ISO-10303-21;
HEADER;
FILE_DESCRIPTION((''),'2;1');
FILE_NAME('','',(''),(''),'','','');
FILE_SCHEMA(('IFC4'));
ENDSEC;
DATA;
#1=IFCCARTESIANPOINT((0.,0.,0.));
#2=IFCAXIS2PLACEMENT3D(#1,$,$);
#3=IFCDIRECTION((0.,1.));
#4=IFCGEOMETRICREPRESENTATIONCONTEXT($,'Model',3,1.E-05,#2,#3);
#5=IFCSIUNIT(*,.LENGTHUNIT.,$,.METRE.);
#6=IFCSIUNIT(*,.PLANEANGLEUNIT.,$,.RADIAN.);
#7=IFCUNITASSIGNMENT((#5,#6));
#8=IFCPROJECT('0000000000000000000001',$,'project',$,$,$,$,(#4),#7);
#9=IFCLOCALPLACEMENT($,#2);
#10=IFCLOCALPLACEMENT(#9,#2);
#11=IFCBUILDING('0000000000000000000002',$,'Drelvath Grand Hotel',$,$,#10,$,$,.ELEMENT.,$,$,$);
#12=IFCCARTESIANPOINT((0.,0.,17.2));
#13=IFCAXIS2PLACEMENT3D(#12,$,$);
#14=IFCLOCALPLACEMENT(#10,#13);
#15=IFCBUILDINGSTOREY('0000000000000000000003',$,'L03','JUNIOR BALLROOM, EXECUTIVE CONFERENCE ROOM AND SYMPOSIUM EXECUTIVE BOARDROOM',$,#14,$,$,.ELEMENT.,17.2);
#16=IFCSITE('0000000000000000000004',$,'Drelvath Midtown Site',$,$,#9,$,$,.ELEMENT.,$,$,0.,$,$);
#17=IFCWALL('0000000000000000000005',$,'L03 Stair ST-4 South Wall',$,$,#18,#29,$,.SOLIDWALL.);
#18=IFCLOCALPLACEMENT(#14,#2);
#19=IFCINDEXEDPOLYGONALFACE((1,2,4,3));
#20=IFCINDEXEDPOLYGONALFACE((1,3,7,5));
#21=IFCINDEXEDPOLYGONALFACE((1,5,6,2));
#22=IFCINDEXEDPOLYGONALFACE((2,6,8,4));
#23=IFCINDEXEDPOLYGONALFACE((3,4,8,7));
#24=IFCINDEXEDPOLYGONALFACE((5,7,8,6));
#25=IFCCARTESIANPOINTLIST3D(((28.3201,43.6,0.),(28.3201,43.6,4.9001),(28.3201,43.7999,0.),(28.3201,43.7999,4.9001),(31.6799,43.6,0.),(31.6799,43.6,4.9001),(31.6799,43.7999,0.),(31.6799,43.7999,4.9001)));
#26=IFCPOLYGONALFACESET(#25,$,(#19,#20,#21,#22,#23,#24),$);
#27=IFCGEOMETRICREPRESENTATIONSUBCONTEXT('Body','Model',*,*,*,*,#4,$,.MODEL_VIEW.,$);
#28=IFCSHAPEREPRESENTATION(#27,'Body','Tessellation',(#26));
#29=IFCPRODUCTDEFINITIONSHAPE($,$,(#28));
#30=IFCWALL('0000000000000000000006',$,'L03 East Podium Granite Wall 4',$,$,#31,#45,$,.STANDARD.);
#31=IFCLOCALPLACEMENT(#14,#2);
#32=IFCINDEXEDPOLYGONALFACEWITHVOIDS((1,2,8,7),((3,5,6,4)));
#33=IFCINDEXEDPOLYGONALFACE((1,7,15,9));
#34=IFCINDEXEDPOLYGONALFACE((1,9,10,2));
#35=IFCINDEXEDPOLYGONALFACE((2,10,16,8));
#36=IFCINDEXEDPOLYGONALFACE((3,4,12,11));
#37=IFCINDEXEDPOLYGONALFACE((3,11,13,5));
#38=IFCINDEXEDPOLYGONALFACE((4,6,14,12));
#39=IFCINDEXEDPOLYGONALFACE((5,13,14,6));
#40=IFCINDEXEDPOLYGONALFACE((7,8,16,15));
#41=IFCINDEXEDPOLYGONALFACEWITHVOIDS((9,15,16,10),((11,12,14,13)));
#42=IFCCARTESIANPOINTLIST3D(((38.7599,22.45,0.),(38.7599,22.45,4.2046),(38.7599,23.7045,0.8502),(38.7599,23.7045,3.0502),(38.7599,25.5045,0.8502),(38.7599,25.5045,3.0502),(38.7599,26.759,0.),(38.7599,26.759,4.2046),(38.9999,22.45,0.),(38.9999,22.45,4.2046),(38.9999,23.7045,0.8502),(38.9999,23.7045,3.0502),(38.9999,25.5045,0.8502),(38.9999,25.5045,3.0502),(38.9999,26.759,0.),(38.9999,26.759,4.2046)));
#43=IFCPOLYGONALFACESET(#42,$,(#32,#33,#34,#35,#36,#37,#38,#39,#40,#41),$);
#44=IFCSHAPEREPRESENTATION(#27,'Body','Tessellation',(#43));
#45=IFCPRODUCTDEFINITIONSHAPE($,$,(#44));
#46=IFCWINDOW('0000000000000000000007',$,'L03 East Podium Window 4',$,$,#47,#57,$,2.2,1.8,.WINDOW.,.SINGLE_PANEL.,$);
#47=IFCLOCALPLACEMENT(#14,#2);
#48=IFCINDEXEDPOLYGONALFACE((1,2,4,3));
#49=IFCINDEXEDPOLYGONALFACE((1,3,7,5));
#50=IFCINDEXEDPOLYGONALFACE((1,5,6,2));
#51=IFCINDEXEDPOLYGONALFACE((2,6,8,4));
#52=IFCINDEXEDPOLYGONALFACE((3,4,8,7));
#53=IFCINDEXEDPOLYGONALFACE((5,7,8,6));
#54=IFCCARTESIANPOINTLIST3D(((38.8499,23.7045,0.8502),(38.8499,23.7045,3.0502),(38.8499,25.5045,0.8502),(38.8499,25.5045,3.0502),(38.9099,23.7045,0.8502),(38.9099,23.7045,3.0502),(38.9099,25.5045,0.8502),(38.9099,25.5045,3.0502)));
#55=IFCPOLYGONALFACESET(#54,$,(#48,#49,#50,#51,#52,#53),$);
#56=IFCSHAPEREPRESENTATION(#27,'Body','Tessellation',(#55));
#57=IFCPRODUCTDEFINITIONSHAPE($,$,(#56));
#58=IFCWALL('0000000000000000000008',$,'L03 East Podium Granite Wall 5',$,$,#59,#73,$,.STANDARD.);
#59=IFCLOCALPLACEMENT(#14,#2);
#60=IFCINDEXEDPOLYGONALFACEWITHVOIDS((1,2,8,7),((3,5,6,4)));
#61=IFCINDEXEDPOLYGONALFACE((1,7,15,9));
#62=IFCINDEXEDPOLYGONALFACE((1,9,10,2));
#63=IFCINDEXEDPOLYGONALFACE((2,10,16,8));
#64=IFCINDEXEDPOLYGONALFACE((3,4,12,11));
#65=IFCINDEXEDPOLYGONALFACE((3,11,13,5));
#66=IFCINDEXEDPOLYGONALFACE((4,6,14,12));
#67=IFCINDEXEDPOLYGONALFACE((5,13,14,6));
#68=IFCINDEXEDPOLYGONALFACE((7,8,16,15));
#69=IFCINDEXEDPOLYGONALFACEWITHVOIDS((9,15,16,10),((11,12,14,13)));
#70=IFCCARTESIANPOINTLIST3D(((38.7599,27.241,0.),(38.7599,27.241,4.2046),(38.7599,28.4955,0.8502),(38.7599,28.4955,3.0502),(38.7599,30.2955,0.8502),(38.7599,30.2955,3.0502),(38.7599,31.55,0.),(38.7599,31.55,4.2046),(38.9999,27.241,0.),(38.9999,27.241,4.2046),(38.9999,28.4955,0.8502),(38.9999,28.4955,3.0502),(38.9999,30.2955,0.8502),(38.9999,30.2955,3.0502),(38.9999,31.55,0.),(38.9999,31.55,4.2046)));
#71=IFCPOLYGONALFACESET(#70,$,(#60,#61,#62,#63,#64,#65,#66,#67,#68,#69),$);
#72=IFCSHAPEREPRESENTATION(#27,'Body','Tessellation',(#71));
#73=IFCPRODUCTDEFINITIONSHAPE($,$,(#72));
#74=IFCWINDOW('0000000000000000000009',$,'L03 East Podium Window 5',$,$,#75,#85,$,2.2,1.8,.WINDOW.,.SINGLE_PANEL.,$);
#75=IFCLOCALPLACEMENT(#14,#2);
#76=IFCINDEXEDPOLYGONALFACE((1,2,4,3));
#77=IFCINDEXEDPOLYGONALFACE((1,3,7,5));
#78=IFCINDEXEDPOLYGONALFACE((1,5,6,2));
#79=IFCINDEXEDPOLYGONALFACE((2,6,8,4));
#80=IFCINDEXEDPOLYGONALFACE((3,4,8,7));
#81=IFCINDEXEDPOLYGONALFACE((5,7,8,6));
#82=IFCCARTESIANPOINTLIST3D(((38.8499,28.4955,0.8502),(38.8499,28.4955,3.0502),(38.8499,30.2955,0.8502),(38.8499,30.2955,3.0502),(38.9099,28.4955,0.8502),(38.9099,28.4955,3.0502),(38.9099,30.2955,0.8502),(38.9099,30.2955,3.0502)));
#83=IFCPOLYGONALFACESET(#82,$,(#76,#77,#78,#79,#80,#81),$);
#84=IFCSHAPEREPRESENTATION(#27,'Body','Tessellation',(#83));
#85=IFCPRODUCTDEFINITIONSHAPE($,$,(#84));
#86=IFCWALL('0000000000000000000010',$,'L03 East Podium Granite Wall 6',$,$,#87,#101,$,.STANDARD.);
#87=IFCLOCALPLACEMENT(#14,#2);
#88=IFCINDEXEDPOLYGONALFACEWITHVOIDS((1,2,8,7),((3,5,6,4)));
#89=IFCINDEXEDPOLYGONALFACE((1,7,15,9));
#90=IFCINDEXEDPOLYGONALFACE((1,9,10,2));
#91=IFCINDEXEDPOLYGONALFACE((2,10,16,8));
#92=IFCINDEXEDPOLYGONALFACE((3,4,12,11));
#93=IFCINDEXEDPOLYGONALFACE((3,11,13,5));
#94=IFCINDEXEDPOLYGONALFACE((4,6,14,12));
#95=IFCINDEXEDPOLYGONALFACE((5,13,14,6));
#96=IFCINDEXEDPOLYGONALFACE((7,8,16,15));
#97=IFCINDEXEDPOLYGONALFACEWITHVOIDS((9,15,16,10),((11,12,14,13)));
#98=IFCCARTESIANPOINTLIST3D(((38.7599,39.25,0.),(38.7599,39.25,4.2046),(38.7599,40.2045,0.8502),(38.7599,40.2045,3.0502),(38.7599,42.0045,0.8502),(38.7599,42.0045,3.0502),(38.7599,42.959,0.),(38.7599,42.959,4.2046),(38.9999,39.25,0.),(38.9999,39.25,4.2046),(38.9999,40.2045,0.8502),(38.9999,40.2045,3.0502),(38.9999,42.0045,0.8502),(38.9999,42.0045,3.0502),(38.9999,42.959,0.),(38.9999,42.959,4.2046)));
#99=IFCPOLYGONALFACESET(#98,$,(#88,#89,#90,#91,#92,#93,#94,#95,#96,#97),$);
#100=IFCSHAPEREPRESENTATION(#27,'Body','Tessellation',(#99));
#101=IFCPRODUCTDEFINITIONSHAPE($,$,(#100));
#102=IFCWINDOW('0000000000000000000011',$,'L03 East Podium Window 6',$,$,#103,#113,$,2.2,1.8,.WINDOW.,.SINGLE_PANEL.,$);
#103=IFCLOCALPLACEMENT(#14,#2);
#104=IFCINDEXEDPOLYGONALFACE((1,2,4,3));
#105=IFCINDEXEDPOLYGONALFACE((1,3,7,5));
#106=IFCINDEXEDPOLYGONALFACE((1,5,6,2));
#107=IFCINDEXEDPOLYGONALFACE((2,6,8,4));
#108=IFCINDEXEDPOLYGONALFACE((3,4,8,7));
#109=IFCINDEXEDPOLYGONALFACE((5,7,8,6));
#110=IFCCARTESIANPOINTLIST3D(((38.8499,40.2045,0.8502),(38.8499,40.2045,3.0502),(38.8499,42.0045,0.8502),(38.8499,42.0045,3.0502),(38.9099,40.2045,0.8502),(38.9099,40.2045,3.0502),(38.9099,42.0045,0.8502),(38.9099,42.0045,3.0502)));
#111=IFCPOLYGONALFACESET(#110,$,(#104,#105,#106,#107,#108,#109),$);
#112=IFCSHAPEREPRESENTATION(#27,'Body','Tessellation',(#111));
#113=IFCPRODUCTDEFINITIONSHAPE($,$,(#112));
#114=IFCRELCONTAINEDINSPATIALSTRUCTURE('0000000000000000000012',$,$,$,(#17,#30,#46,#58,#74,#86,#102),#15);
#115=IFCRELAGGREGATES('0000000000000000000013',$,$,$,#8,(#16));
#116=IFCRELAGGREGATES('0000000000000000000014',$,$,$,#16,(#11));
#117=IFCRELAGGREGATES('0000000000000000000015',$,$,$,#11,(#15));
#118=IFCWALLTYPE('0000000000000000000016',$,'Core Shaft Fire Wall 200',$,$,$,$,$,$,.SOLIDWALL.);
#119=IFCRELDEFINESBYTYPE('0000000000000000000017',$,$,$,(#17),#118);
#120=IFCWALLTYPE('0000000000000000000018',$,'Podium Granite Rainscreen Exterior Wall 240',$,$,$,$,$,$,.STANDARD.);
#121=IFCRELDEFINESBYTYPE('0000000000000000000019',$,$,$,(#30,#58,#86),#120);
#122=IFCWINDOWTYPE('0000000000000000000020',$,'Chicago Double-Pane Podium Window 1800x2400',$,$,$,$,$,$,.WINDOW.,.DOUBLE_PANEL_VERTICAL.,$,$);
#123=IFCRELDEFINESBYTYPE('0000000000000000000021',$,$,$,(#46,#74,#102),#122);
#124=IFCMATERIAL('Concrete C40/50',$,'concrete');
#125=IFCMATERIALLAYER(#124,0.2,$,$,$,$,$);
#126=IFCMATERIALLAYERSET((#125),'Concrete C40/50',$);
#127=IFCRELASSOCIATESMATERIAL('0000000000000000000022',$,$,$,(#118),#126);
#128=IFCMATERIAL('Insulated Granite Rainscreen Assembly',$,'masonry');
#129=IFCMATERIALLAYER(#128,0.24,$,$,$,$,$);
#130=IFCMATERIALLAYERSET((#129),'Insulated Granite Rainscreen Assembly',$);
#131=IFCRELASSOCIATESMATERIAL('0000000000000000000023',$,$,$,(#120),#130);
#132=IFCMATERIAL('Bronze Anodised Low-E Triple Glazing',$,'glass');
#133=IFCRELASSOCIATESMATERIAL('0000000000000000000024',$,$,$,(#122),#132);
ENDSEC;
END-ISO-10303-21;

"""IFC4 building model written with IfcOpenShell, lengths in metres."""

from ifc_helpers import new_model, si_unit, direction, frame, frame_2d, origin, place, context, subcontext, project, spatial, rectangle, extrude, material, layer, layer_set, type_object, element, fill, save


model = new_model("IFC4")

# Units and contexts
model_context = context("Model", 3, precision=1e-05, world=origin(), true_north=direction((0.0, 1.0)))
body_context = subcontext(model_context, "Body", "Model", "MODEL_VIEW")
ifc_project = project(units=[si_unit("LENGTHUNIT", "METRE"), si_unit("PLANEANGLEUNIT", "RADIAN")], contexts=[model_context])

# Site, building, storey
site_placement = place(None, origin())
site = spatial("IfcSite", under=ifc_project, at=site_placement, Name="Drelvath Midtown Site", CompositionType="ELEMENT", RefElevation=0.0)
building_placement = place(site_placement, origin())
building = spatial("IfcBuilding", under=site, at=building_placement, Name="Drelvath Grand Hotel", CompositionType="ELEMENT")
storey_placement = place(building_placement, frame((0.0, 0.0, 17.2)))
storey = spatial("IfcBuildingStorey", under=building, at=storey_placement, Name="L03", Description="JUNIOR BALLROOM, EXECUTIVE CONFERENCE ROOM AND SYMPOSIUM EXECUTIVE BOARDROOM", CompositionType="ELEMENT", Elevation=17.2)

# Shared definitions
ifc_material_1 = material(Name="Concrete C40/50", Category="concrete")
ifc_layer_1 = layer(ifc_material_1, 0.2)
ifc_layer_set_1 = layer_set([ifc_layer_1], Name="Concrete C40/50")
wall_type_1 = type_object("IfcWallType", Name="Core Shaft Fire Wall 200", PredefinedType="SOLIDWALL", material=ifc_layer_set_1)

# Wall
wall_1_placement = place(storey_placement, frame((28.3201, 43.7, 0.0), z_axis=(0.0, 0.0, 1.0), x_axis=(1.0, 0.0, 0.0)))
element("IfcWall", 1, at=wall_1_placement, inside=storey, type_object=wall_type_1, Name="L03 Stair ST-4 South Wall", PredefinedType="SOLIDWALL", context=body_context, shape_type="SweptSolid", body=[
    extrude(rectangle(XDim=3.3599, YDim=0.2, at=frame_2d((1.6799, 0.0))), origin(), (0.0, 0.0, 1.0), 4.9001),
])

# Walls, openings, windows
ifc_material_2 = material(Name="Insulated Granite Rainscreen Assembly", Category="masonry")
ifc_layer_2 = layer(ifc_material_2, 0.24)
ifc_layer_set_2 = layer_set([ifc_layer_2], Name="Insulated Granite Rainscreen Assembly")
wall_type_2 = type_object("IfcWallType", Name="Podium Granite Rainscreen Exterior Wall 240", PredefinedType="STANDARD", material=ifc_layer_set_2)
wall_2_placement = place(storey_placement, frame((38.8799, 26.759, 0.0), z_axis=(0.0, 0.0, 1.0), x_axis=(0.0, -1.0, 0.0)))
wall_2 = element("IfcWall", 2, at=wall_2_placement, inside=storey, type_object=wall_type_2, Name="L03 East Podium Granite Wall 4", PredefinedType="STANDARD", context=body_context, shape_type="SweptSolid", body=[
    extrude(rectangle(XDim=4.3091, YDim=0.24, at=frame_2d((2.1545, 0.0))), origin(), (0.0, 0.0, 1.0), 4.2046),
])
opening_1_placement = place(wall_2_placement, frame((1.2546, 0.0, 0.8501)))
opening_1 = element("IfcOpeningElement", 3, at=opening_1_placement, cuts=wall_2, PredefinedType="OPENING", context=body_context, shape_type="SweptSolid", body=[
    extrude(rectangle(XDim=1.8, YDim=2.2, at=frame_2d((0.8999, 1.1001))), frame((0.0, 0.1299, 0.0), z_axis=(0.0, -1.0, 0.0), x_axis=(1.0, 0.0, 0.0)), (0.0, 0.0, 1.0), 0.26),
])
ifc_material_3 = material(Name="Bronze Anodised Low-E Triple Glazing", Category="glass")
window_type = type_object("IfcWindowType", Name="Chicago Double-Pane Podium Window 1800x2400", PartitioningType="DOUBLE_PANEL_VERTICAL", PredefinedType="WINDOW", material=ifc_material_3)
window_1_placement = place(opening_1_placement, origin())
window_1 = element("IfcWindow", 4, at=window_1_placement, inside=storey, type_object=window_type, Name="L03 East Podium Window 4", OverallHeight=2.2, OverallWidth=1.8, PartitioningType="SINGLE_PANEL", PredefinedType="WINDOW", context=body_context, shape_type="SweptSolid", body=[
    extrude(rectangle(XDim=1.8, YDim=2.2, at=frame_2d((0.8999, 1.1001))), frame((0.0, 0.03, 0.0), z_axis=(0.0, -1.0, 0.0), x_axis=(1.0, 0.0, 0.0)), (0.0, 0.0, 1.0), 0.0601),
])
fill(opening_1, window_1)
wall_3_placement = place(storey_placement, frame((38.8799, 31.55, 0.0), z_axis=(0.0, 0.0, 1.0), x_axis=(0.0, -1.0, 0.0)))
wall_3 = element("IfcWall", 5, at=wall_3_placement, inside=storey, type_object=wall_type_2, Name="L03 East Podium Granite Wall 5", PredefinedType="STANDARD", context=body_context, shape_type="SweptSolid", body=[
    extrude(rectangle(XDim=4.3091, YDim=0.24, at=frame_2d((2.1545, 0.0))), origin(), (0.0, 0.0, 1.0), 4.2046),
])
opening_2_placement = place(wall_3_placement, frame((1.2546, 0.0, 0.8501)))
opening_2 = element("IfcOpeningElement", 6, at=opening_2_placement, cuts=wall_3, PredefinedType="OPENING", context=body_context, shape_type="SweptSolid", body=[
    extrude(rectangle(XDim=1.8, YDim=2.2, at=frame_2d((0.8999, 1.1001))), frame((0.0, 0.1299, 0.0), z_axis=(0.0, -1.0, 0.0), x_axis=(1.0, 0.0, 0.0)), (0.0, 0.0, 1.0), 0.26),
])
window_2_placement = place(opening_2_placement, origin())
window_2 = element("IfcWindow", 7, at=window_2_placement, inside=storey, type_object=window_type, Name="L03 East Podium Window 5", OverallHeight=2.2, OverallWidth=1.8, PartitioningType="SINGLE_PANEL", PredefinedType="WINDOW", context=body_context, shape_type="SweptSolid", body=[
    extrude(rectangle(XDim=1.8, YDim=2.2, at=frame_2d((0.8999, 1.1001))), frame((0.0, 0.03, 0.0), z_axis=(0.0, -1.0, 0.0), x_axis=(1.0, 0.0, 0.0)), (0.0, 0.0, 1.0), 0.0601),
])
fill(opening_2, window_2)
wall_4_placement = place(storey_placement, frame((38.8799, 42.959, 0.0), z_axis=(0.0, 0.0, 1.0), x_axis=(0.0, -1.0, 0.0)))
wall_4 = element("IfcWall", 8, at=wall_4_placement, inside=storey, type_object=wall_type_2, Name="L03 East Podium Granite Wall 6", PredefinedType="STANDARD", context=body_context, shape_type="SweptSolid", body=[
    extrude(rectangle(XDim=3.709, YDim=0.24, at=frame_2d((1.8545, 0.0))), origin(), (0.0, 0.0, 1.0), 4.2046),
])
opening_3_placement = place(wall_4_placement, frame((0.9546, 0.0, 0.8501)))
opening_3 = element("IfcOpeningElement", 9, at=opening_3_placement, cuts=wall_4, PredefinedType="OPENING", context=body_context, shape_type="SweptSolid", body=[
    extrude(rectangle(XDim=1.8, YDim=2.2, at=frame_2d((0.8999, 1.1001))), frame((0.0, 0.1299, 0.0), z_axis=(0.0, -1.0, 0.0), x_axis=(1.0, 0.0, 0.0)), (0.0, 0.0, 1.0), 0.26),
])
window_3_placement = place(opening_3_placement, origin())
window_3 = element("IfcWindow", 10, at=window_3_placement, inside=storey, type_object=window_type, Name="L03 East Podium Window 6", OverallHeight=2.2, OverallWidth=1.8, PartitioningType="SINGLE_PANEL", PredefinedType="WINDOW", context=body_context, shape_type="SweptSolid", body=[
    extrude(rectangle(XDim=1.8, YDim=2.2, at=frame_2d((0.8999, 1.1001))), frame((0.0, 0.03, 0.0), z_axis=(0.0, -1.0, 0.0), x_axis=(1.0, 0.0, 0.0)), (0.0, 0.0, 1.0), 0.0601),
])
fill(opening_3, window_3)

save(model, "model.ifc")
